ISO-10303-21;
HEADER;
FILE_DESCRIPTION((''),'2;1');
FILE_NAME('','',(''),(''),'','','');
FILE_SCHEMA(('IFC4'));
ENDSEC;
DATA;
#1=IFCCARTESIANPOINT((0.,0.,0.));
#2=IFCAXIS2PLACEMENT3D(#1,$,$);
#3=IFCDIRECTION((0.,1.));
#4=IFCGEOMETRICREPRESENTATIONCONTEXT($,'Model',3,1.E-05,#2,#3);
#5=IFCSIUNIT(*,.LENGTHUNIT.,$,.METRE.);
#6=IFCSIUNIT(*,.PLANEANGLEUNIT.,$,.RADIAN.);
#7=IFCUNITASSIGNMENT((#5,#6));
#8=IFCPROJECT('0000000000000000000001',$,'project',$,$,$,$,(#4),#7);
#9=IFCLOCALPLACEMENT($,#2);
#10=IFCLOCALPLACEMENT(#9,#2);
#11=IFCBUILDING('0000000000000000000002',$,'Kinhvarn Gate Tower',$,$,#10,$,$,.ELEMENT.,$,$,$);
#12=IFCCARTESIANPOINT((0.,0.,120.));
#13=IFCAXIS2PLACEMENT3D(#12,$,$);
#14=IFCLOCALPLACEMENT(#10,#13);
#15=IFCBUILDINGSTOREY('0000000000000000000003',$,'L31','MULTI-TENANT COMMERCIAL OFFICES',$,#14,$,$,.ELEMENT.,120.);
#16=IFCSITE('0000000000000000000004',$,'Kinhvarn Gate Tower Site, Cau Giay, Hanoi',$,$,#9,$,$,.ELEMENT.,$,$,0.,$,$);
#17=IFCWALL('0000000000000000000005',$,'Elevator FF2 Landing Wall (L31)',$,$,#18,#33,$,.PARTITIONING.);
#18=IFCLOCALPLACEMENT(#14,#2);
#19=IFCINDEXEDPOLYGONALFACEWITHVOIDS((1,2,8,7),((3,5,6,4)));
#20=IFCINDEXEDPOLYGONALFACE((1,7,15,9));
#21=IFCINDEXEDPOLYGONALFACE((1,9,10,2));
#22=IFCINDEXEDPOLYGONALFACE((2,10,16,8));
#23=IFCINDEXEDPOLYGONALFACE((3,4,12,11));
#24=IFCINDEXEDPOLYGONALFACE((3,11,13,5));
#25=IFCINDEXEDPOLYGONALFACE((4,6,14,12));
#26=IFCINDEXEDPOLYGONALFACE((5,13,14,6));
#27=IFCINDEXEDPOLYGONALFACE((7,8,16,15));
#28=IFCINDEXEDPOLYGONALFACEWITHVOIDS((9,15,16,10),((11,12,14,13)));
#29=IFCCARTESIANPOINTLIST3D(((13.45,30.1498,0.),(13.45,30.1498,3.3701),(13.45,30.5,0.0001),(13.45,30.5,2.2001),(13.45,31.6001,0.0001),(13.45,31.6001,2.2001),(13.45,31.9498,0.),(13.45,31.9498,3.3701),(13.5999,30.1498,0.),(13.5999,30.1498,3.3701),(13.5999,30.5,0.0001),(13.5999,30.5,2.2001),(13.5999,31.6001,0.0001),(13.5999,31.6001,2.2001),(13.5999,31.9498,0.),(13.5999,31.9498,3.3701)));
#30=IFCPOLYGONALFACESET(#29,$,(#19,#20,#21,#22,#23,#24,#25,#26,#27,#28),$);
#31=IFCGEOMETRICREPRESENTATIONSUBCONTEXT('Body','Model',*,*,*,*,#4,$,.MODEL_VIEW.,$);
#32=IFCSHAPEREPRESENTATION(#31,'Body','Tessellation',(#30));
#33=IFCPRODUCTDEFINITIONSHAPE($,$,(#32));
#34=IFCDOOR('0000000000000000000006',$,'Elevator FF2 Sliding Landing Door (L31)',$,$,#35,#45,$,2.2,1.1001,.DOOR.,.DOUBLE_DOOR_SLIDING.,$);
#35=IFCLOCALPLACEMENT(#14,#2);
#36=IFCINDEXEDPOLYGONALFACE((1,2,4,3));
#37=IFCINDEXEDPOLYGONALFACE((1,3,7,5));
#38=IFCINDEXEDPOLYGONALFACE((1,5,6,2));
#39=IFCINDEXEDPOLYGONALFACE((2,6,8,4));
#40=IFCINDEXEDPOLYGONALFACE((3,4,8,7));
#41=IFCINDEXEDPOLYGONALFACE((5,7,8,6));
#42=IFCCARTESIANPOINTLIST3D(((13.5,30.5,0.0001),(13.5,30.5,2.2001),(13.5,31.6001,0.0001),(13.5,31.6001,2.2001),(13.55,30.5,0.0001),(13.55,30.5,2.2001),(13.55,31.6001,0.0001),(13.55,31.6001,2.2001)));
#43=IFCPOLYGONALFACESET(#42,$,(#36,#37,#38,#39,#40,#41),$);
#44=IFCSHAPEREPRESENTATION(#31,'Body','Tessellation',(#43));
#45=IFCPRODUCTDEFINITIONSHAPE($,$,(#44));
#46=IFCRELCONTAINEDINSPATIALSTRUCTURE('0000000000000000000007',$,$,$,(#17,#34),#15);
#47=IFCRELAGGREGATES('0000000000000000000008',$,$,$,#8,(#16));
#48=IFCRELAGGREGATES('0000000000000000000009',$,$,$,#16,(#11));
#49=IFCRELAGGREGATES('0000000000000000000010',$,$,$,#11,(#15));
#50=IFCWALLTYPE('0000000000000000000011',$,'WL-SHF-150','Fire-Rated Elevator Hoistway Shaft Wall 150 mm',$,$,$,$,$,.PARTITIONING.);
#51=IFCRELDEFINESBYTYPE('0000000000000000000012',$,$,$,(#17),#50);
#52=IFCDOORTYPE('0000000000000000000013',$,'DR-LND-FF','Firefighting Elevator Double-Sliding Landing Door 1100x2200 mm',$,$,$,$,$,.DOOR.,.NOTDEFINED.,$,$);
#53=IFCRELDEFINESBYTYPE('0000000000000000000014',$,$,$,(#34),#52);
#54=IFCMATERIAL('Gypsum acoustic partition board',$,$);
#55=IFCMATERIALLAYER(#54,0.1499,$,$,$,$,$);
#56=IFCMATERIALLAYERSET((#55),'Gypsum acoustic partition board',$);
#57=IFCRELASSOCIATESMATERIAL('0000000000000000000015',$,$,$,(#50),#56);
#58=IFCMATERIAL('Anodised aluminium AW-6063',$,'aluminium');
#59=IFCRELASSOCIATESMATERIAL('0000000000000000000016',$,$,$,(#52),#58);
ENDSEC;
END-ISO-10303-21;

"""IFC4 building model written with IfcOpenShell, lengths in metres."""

from ifc_helpers import new_model, si_unit, direction, frame, frame_2d, origin, place, context, subcontext, project, spatial, rectangle, extrude, material, layer, layer_set, type_object, element, fill, save


model = new_model("IFC4")

# Units and contexts
model_context = context("Model", 3, precision=1e-05, world=origin(), true_north=direction((0.0, 1.0)))
body_context = subcontext(model_context, "Body", "Model", "MODEL_VIEW")
ifc_project = project(units=[si_unit("LENGTHUNIT", "METRE"), si_unit("PLANEANGLEUNIT", "RADIAN")], contexts=[model_context])

# Site, building, storey
site_placement = place(None, origin())
site = spatial("IfcSite", under=ifc_project, at=site_placement, Name="Kinhvarn Gate Tower Site, Cau Giay, Hanoi", CompositionType="ELEMENT", RefElevation=0.0)
building_placement = place(site_placement, origin())
building = spatial("IfcBuilding", under=site, at=building_placement, Name="Kinhvarn Gate Tower", CompositionType="ELEMENT")
storey_placement = place(building_placement, frame((0.0, 0.0, 120.0)))
storey = spatial("IfcBuildingStorey", under=building, at=storey_placement, Name="L31", Description="MULTI-TENANT COMMERCIAL OFFICES", CompositionType="ELEMENT", Elevation=120.0)

# Shared definitions
ifc_material_1 = material(Name="Gypsum acoustic partition board")

# Shared definitions
ifc_layer_1 = layer(ifc_material_1, 0.1499)
ifc_layer_set_1 = layer_set([ifc_layer_1], Name="Gypsum acoustic partition board")
wall_type_1 = type_object("IfcWallType", Name="WL-SHF-150", Description="Fire-Rated Elevator Hoistway Shaft Wall 150 mm", PredefinedType="PARTITIONING", material=ifc_layer_set_1)
ifc_material_2 = material(Name="Anodised aluminium AW-6063", Category="aluminium")

# Wall, opening, door
wall_1_placement = place(storey_placement, frame((13.5249, 30.1499, 0.0), z_axis=(0.0, 0.0, 1.0), x_axis=(0.0, 1.0, 0.0)))
wall_1 = element("IfcWall", 1, at=wall_1_placement, inside=storey, type_object=wall_type_1, Name="Elevator FF2 Landing Wall (L31)", PredefinedType="PARTITIONING", context=body_context, shape_type="SweptSolid", body=[
    extrude(rectangle(XDim=1.8, YDim=0.1499, at=frame_2d((0.8999, 0.0))), origin(), (0.0, 0.0, 1.0), 3.3701),
])
opening_1_placement = place(wall_1_placement, frame((0.3501, 0.0, 0.0)))
opening_1 = element("IfcOpeningElement", 2, at=opening_1_placement, cuts=wall_1, PredefinedType="OPENING", context=body_context, shape_type="SweptSolid", body=[
    extrude(rectangle(XDim=1.1001, YDim=2.2, at=frame_2d((0.55, 1.1001))), frame((0.0, 0.085, 0.0), z_axis=(0.0, -1.0, 0.0), x_axis=(1.0, 0.0, 0.0)), (0.0, 0.0, 1.0), 0.1699),
])
door_type_1 = type_object("IfcDoorType", Name="DR-LND-FF", Description="Firefighting Elevator Double-Sliding Landing Door 1100x2200 mm", OperationType="NOTDEFINED", PredefinedType="DOOR", material=ifc_material_2)
door_1_placement = place(opening_1_placement, origin())
door_1 = element("IfcDoor", 3, at=door_1_placement, inside=storey, type_object=door_type_1, Name="Elevator FF2 Sliding Landing Door (L31)", OperationType="DOUBLE_DOOR_SLIDING", OverallHeight=2.2, OverallWidth=1.1001, PredefinedType="DOOR", context=body_context, shape_type="SweptSolid", body=[
    extrude(rectangle(XDim=1.1001, YDim=2.2, at=frame_2d((0.55, 1.1001))), frame((0.0, 0.0249, 0.0), z_axis=(0.0, -1.0, 0.0), x_axis=(1.0, 0.0, 0.0)), (0.0, 0.0, 1.0), 0.05),
])
fill(opening_1, door_1)

save(model, "model.ifc")
